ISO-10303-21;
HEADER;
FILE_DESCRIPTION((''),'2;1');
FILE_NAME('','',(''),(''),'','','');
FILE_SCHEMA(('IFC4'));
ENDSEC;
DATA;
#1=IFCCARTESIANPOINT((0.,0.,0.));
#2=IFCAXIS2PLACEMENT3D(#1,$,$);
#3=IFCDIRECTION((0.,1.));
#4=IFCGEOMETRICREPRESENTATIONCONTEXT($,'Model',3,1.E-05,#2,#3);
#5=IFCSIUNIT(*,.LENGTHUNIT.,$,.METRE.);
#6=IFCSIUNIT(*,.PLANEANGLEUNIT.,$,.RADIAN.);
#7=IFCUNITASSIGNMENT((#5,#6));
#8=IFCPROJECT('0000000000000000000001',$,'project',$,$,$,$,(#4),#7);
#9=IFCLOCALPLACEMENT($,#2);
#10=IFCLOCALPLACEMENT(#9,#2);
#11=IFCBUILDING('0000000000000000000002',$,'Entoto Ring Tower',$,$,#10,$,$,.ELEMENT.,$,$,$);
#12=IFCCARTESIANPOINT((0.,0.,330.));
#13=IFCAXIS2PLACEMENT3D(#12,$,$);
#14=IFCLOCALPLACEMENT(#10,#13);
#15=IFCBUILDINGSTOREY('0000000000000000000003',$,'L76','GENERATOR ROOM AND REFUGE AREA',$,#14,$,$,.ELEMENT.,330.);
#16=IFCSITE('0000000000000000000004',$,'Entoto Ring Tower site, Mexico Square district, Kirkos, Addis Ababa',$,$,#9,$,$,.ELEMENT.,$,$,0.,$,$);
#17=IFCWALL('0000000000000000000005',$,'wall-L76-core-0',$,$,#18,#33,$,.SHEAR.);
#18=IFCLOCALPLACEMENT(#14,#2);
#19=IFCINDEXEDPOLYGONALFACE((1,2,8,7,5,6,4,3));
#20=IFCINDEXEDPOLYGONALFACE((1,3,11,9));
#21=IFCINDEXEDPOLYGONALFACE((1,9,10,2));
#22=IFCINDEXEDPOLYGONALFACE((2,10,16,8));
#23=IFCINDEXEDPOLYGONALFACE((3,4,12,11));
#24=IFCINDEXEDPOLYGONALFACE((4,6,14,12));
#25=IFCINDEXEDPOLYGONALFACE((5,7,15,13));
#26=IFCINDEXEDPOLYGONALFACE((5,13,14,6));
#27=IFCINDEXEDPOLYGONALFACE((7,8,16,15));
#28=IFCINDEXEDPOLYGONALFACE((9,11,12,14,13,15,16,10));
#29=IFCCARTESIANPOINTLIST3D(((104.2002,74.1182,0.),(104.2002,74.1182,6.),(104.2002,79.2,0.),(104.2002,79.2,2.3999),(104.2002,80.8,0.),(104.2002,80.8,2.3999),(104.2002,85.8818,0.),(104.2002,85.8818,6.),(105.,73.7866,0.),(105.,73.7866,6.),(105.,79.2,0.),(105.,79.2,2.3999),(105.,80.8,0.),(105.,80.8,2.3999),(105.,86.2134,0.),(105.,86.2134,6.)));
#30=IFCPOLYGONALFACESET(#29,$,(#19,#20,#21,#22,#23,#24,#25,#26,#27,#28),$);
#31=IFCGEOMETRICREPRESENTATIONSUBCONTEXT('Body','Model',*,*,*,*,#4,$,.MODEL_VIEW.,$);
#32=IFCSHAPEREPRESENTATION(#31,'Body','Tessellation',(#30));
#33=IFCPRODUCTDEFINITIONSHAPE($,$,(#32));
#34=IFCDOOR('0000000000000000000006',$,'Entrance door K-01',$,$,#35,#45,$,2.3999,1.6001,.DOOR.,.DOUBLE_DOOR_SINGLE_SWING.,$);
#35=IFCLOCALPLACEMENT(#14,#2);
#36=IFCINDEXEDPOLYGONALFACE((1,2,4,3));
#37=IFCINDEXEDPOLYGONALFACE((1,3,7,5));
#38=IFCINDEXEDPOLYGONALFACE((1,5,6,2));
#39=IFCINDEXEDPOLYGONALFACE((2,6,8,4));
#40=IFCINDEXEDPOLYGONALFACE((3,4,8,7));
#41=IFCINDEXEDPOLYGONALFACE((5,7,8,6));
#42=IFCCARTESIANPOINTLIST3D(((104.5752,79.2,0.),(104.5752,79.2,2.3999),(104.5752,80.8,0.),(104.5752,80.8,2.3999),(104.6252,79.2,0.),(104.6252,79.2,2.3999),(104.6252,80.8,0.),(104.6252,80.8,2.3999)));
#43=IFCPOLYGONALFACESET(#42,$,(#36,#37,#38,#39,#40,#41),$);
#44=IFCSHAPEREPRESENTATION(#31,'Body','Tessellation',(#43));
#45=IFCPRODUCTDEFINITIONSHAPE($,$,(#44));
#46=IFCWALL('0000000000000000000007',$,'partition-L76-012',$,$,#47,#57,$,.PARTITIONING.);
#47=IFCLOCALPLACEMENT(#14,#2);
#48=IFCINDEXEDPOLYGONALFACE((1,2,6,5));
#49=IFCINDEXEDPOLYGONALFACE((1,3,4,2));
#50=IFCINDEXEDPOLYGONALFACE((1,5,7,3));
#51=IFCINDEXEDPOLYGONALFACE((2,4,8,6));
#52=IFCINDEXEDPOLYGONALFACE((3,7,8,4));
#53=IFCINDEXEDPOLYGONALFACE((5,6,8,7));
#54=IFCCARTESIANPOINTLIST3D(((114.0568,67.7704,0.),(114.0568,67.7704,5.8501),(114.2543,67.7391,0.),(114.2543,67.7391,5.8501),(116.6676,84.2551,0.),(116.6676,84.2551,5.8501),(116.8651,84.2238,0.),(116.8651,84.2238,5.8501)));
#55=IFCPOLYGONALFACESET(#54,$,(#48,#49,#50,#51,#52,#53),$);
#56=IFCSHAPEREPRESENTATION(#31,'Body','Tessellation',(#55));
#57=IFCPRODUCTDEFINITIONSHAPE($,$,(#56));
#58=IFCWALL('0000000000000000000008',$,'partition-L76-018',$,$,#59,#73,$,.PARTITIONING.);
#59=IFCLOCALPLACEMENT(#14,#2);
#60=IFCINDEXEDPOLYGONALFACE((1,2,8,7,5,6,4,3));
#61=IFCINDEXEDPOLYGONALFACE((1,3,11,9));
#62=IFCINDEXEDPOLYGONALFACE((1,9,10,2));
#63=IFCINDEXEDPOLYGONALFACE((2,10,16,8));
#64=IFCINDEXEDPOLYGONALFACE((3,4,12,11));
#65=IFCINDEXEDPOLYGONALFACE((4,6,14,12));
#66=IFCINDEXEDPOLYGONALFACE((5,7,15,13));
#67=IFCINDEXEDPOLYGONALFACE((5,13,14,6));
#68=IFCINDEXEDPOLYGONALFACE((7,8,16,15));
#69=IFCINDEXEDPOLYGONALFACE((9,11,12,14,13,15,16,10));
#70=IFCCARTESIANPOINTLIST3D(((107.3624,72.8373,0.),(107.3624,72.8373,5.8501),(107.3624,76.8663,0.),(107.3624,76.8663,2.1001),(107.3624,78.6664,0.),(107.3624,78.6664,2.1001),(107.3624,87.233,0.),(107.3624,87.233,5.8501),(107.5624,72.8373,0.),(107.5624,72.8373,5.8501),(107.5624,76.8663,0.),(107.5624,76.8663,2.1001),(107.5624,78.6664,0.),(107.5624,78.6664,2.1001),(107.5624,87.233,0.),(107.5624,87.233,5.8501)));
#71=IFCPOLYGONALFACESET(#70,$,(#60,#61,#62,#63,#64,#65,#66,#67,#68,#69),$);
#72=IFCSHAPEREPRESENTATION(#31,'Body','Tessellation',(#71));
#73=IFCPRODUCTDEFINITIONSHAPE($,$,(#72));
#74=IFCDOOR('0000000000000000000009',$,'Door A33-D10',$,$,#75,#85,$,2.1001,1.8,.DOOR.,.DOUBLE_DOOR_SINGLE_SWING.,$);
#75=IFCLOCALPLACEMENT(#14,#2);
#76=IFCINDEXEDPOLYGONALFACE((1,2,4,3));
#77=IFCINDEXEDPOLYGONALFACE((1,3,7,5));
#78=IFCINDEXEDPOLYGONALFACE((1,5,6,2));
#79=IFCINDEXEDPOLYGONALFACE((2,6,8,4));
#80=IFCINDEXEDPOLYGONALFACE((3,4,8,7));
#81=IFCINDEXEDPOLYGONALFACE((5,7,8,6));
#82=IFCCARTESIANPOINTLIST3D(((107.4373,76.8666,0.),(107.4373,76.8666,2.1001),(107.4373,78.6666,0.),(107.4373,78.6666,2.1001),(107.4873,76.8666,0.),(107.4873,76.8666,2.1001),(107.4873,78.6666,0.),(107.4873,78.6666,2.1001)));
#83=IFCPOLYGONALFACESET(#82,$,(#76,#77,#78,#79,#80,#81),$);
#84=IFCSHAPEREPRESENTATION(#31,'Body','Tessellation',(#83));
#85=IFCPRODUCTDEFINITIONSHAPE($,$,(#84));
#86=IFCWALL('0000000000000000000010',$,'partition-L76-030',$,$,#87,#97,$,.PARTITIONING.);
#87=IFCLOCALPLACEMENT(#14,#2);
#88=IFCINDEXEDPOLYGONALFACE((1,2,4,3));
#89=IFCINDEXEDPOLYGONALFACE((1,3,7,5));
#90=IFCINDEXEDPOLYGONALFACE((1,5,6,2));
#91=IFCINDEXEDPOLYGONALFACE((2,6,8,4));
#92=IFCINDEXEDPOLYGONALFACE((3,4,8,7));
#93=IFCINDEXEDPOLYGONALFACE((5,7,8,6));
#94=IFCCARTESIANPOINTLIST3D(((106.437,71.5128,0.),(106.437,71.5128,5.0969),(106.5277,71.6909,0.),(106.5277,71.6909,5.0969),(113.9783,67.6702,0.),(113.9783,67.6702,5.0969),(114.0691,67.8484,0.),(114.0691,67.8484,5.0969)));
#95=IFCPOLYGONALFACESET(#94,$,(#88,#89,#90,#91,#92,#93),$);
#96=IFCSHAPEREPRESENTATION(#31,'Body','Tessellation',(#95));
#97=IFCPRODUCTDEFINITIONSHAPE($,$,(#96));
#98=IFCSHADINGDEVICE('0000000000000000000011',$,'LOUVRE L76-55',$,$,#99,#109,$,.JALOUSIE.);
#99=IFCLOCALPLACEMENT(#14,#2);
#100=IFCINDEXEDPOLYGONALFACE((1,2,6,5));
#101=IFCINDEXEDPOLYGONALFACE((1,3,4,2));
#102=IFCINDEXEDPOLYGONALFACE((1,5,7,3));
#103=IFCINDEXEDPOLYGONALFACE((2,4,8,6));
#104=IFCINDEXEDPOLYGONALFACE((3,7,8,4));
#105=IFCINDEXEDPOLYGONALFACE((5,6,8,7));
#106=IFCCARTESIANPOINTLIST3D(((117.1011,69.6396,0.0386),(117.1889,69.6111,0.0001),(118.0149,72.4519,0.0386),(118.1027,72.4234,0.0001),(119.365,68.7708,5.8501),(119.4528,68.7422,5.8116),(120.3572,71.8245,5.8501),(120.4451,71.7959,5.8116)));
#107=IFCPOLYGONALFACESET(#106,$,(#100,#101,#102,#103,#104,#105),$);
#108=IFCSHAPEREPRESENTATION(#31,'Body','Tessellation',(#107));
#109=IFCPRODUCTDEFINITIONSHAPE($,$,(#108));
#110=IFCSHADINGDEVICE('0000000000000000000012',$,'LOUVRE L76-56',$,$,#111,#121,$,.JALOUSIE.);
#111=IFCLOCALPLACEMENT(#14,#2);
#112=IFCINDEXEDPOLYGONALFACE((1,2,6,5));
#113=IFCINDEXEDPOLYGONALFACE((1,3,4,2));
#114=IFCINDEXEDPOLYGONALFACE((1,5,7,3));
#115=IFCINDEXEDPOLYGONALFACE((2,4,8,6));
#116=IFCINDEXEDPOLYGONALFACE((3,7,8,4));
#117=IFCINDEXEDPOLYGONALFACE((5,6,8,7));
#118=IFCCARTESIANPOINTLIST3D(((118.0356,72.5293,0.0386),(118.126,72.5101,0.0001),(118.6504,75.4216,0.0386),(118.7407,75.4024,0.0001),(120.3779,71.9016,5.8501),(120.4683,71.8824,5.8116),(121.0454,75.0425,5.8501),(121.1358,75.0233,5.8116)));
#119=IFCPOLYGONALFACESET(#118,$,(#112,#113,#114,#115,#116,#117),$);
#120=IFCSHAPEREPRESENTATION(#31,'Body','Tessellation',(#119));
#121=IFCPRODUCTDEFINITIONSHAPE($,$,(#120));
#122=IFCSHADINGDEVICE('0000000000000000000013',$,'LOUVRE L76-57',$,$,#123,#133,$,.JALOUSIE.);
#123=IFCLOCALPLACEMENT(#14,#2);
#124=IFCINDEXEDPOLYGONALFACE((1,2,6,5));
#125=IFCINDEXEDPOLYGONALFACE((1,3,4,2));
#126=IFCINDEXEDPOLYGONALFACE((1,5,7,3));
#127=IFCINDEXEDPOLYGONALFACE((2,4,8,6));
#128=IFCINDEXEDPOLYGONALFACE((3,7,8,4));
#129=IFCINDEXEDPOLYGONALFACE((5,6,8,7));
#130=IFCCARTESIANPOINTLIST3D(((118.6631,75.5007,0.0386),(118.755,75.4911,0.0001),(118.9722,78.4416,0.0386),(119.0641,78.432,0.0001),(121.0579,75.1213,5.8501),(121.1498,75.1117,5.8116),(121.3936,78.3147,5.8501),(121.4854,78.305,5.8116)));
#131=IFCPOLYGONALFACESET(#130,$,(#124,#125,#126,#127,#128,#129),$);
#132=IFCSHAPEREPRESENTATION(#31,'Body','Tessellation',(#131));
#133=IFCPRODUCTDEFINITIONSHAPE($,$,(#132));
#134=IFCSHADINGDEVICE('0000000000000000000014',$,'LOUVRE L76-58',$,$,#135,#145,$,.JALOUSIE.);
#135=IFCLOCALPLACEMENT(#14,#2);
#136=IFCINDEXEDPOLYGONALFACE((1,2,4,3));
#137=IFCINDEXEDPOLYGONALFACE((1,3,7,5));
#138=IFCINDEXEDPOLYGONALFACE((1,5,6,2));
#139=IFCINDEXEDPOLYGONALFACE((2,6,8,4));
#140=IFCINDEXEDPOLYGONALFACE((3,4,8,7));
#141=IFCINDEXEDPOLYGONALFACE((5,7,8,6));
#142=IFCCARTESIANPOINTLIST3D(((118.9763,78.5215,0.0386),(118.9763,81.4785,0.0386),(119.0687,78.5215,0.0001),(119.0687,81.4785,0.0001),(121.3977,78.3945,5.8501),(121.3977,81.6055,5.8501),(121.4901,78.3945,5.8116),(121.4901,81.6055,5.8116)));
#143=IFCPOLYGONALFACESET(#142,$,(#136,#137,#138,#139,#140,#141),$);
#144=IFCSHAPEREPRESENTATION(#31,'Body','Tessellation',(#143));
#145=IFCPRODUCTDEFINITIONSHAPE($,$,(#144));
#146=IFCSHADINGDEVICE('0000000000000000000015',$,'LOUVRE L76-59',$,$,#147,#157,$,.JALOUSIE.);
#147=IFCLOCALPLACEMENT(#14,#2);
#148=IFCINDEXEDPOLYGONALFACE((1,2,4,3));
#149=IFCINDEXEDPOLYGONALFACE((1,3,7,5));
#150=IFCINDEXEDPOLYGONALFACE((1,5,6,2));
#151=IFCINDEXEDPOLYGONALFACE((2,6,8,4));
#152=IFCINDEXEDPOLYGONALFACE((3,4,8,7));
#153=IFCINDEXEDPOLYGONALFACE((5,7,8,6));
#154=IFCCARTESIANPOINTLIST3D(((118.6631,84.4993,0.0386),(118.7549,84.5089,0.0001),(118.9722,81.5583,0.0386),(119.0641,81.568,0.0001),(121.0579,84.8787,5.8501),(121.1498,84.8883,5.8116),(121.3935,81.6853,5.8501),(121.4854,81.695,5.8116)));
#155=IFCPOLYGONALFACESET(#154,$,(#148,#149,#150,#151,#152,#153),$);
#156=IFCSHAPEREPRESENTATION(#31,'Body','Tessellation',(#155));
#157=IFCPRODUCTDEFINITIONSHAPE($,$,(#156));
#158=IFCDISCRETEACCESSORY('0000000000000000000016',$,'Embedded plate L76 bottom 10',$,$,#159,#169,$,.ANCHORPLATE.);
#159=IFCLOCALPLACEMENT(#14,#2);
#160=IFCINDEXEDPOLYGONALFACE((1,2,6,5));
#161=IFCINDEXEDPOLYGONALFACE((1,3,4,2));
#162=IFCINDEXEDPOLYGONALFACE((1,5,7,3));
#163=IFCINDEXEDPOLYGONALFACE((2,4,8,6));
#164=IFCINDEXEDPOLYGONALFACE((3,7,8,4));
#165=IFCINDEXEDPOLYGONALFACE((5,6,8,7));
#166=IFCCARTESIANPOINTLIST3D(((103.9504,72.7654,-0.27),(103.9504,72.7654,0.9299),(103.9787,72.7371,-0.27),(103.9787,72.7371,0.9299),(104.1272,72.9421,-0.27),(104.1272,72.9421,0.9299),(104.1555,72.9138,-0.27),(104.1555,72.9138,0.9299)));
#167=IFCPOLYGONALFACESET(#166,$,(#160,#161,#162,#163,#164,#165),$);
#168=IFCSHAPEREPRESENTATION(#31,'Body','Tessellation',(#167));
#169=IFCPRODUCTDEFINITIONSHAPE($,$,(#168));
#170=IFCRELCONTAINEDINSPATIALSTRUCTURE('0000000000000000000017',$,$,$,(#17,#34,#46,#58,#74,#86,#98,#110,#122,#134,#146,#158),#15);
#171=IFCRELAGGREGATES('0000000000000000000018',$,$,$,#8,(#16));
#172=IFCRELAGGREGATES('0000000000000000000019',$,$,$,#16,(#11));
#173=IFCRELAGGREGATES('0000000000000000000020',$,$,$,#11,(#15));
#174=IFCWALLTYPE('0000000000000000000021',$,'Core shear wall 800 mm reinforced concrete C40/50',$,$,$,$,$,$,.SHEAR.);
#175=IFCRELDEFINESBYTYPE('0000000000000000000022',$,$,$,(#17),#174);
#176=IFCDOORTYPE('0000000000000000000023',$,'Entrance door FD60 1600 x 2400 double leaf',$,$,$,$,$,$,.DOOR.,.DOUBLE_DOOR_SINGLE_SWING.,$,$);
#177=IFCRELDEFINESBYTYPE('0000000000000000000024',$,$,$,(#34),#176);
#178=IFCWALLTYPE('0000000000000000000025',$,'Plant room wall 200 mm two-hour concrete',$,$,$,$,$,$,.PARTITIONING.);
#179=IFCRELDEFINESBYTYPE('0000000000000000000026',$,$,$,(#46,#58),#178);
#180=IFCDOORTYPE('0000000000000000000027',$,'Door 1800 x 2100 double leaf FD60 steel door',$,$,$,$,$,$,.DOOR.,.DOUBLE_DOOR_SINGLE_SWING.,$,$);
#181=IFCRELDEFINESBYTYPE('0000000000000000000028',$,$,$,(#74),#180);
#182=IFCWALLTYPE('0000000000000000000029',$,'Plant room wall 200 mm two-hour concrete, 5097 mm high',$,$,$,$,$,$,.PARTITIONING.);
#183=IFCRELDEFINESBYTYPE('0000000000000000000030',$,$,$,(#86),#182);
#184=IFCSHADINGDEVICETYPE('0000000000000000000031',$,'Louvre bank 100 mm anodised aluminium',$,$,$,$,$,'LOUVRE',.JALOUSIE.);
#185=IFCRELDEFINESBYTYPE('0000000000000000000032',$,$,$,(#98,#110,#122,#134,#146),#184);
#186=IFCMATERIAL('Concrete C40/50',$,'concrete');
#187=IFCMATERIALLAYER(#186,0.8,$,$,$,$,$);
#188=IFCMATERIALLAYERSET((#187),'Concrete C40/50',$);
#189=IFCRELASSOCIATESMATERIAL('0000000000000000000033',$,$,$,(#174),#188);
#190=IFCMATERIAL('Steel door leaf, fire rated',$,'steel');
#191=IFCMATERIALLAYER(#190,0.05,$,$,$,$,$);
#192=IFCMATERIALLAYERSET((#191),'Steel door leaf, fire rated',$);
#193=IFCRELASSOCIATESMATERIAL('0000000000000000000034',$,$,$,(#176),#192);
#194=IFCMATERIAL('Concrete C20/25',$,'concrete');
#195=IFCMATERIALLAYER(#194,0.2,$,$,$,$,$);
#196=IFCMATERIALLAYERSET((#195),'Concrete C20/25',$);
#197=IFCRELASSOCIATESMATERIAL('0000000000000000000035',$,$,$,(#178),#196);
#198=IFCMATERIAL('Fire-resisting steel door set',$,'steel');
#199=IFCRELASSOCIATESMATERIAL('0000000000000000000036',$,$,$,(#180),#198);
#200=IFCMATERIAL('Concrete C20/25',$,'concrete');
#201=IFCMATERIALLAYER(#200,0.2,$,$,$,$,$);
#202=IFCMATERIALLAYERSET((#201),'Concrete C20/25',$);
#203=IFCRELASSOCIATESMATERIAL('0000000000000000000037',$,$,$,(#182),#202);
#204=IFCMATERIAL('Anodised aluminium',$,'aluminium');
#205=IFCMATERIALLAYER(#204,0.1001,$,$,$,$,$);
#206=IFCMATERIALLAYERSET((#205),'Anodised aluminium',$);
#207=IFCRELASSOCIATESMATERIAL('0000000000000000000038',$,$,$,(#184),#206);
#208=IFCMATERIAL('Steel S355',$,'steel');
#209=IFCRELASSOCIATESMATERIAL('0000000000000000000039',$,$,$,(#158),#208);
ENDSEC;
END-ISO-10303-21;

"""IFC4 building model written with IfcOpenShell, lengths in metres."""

from ifc_helpers import new_model, si_unit, direction, frame, frame_2d, origin, origin_2d, place, context, subcontext, project, spatial, polyline, rectangle, outline, extrude, material, layer, layer_set, type_object, element, fill, save


model = new_model("IFC4")

# Units and contexts
model_context = context("Model", 3, precision=1e-05, world=origin(), true_north=direction((0.0, 1.0)))
body_context = subcontext(model_context, "Body", "Model", "MODEL_VIEW")
ifc_project = project(units=[si_unit("LENGTHUNIT", "METRE"), si_unit("PLANEANGLEUNIT", "RADIAN")], contexts=[model_context])

# Site, building, storey
site_placement = place(None, origin())
site = spatial("IfcSite", under=ifc_project, at=site_placement, Name="Entoto Ring Tower site, Mexico Square district, Kirkos, Addis Ababa", CompositionType="ELEMENT", RefElevation=0.0)
building_placement = place(site_placement, origin())
building = spatial("IfcBuilding", under=site, at=building_placement, Name="Entoto Ring Tower", CompositionType="ELEMENT")
storey_placement = place(building_placement, frame((0.0, 0.0, 330.0)))
storey = spatial("IfcBuildingStorey", under=building, at=storey_placement, Name="L76", Description="GENERATOR ROOM AND REFUGE AREA", CompositionType="ELEMENT", Elevation=330.0)

# Wall, opening, door
ifc_material_1 = material(Name="Concrete C40/50", Category="concrete")
ifc_layer_1 = layer(ifc_material_1, 0.8)
ifc_layer_set_1 = layer_set([ifc_layer_1], Name="Concrete C40/50")
wall_type_1 = type_object("IfcWallType", Name="Core shear wall 800 mm reinforced concrete C40/50", PredefinedType="SHEAR", material=ifc_layer_set_1)
wall_1_placement = place(storey_placement, frame((104.6001, 73.9524, 0.0), z_axis=(0.0, 0.0, 1.0), x_axis=(0.0, 1.0, 0.0)))
wall_1 = element("IfcWall", 1, at=wall_1_placement, inside=storey, type_object=wall_type_1, Name="wall-L76-core-0", PredefinedType="SHEAR", context=body_context, shape_type="SweptSolid", body=[
    extrude(outline(polyline([(-0.1658, -0.3999), (12.261, -0.3999), (11.9294, 0.3999), (0.1658, 0.3999), (-0.1658, -0.3999)])), origin(), (0.0, 0.0, 1.0), 6.0),
])
opening_1_placement = place(wall_1_placement, frame((5.2476, 0.0, 0.0)))
opening_1 = element("IfcOpeningElement", 2, at=opening_1_placement, cuts=wall_1, PredefinedType="OPENING", context=body_context, shape_type="SweptSolid", body=[
    extrude(rectangle(XDim=1.6001, YDim=2.3999, at=frame_2d((0.8, 1.2))), frame((0.0, 0.4102, 0.0), z_axis=(0.0, -1.0, 0.0), x_axis=(1.0, 0.0, 0.0)), (0.0, 0.0, 1.0), 0.8201),
])
ifc_material_2 = material(Name="Steel door leaf, fire rated", Category="steel")
ifc_layer_2 = layer(ifc_material_2, 0.05)
ifc_layer_set_2 = layer_set([ifc_layer_2], Name="Steel door leaf, fire rated")
door_type_1 = type_object("IfcDoorType", Name="Entrance door FD60 1600 x 2400 double leaf", OperationType="DOUBLE_DOOR_SINGLE_SWING", PredefinedType="DOOR", material=ifc_layer_set_2)
door_1_placement = place(opening_1_placement, origin())
door_1 = element("IfcDoor", 3, at=door_1_placement, inside=storey, type_object=door_type_1, Name="Entrance door K-01", OperationType="DOUBLE_DOOR_SINGLE_SWING", OverallHeight=2.3999, OverallWidth=1.6001, PredefinedType="DOOR", context=body_context, shape_type="SweptSolid", body=[
    extrude(rectangle(XDim=1.6001, YDim=2.3999, at=frame_2d((0.8, 1.2))), frame((0.0, 0.0249, 0.0), z_axis=(0.0, -1.0, 0.0), x_axis=(1.0, 0.0, 0.0)), (0.0, 0.0, 1.0), 0.05),
])
fill(opening_1, door_1)

# Wall
ifc_material_3 = material(Name="Concrete C20/25", Category="concrete")
ifc_layer_3 = layer(ifc_material_3, 0.2)
ifc_layer_set_3 = layer_set([ifc_layer_3], Name="Concrete C20/25")
wall_type_2 = type_object("IfcWallType", Name="Plant room wall 200 mm two-hour concrete", PredefinedType="PARTITIONING", material=ifc_layer_set_3)
wall_2_placement = place(storey_placement, frame((114.1555, 67.7546, 0.0), z_axis=(0.0, 0.0, 1.0), x_axis=(0.156431, 0.987689, 0.0)))
element("IfcWall", 4, at=wall_2_placement, inside=storey, type_object=wall_type_2, Name="partition-L76-012", PredefinedType="PARTITIONING", context=body_context, shape_type="SweptSolid", body=[
    extrude(rectangle(XDim=16.6902, YDim=0.2, at=frame_2d((8.3452, 0.0))), origin(), (0.0, 0.0, 1.0), 5.8501),
])

# Wall, opening, door
wall_3_placement = place(storey_placement, frame((107.4624, 72.8374, 0.0), z_axis=(0.0, 0.0, 1.0), x_axis=(0.0, 1.0, 0.0)))
wall_3 = element("IfcWall", 5, at=wall_3_placement, inside=storey, type_object=wall_type_2, Name="partition-L76-018", PredefinedType="PARTITIONING", context=body_context, shape_type="SweptSolid", body=[
    extrude(rectangle(XDim=14.3958, YDim=0.2, at=frame_2d((7.1978, 0.0))), origin(), (0.0, 0.0, 1.0), 5.8501),
])
opening_2_placement = place(wall_3_placement, frame((4.0291, 0.0, 0.0)))
opening_2 = element("IfcOpeningElement", 6, at=opening_2_placement, cuts=wall_3, PredefinedType="OPENING", context=body_context, shape_type="SweptSolid", body=[
    extrude(rectangle(XDim=1.8, YDim=2.1001, at=frame_2d((0.8999, 1.05))), frame((0.0, 0.1099, 0.0), z_axis=(0.0, -1.0, 0.0), x_axis=(1.0, 0.0, 0.0)), (0.0, 0.0, 1.0), 0.22),
])
ifc_material_4 = material(Name="Fire-resisting steel door set", Category="steel")
door_type_2 = type_object("IfcDoorType", Name="Door 1800 x 2100 double leaf FD60 steel door", OperationType="DOUBLE_DOOR_SINGLE_SWING", PredefinedType="DOOR", material=ifc_material_4)
door_2_placement = place(opening_2_placement, frame((1.8, 0.0, 0.0), z_axis=(0.0, 0.0, 1.0), x_axis=(-1.0, 0.0, 0.0)))
door_2 = element("IfcDoor", 7, at=door_2_placement, inside=storey, type_object=door_type_2, Name="Door A33-D10", OperationType="DOUBLE_DOOR_SINGLE_SWING", OverallHeight=2.1001, OverallWidth=1.8, PredefinedType="DOOR", context=body_context, shape_type="SweptSolid", body=[
    extrude(rectangle(XDim=1.8, YDim=2.1001, at=frame_2d((0.8999, 1.05))), frame((0.0, 0.0249, 0.0), z_axis=(0.0, -1.0, 0.0), x_axis=(1.0, 0.0, 0.0)), (0.0, 0.0, 1.0), 0.05),
])
fill(opening_2, door_2)

# Wall
ifc_material_5 = material(Name="Concrete C20/25", Category="concrete")
ifc_layer_4 = layer(ifc_material_5, 0.2)
ifc_layer_set_4 = layer_set([ifc_layer_4], Name="Concrete C20/25")
wall_type_3 = type_object("IfcWallType", Name="Plant room wall 200 mm two-hour concrete, 5097 mm high", PredefinedType="PARTITIONING", material=ifc_layer_set_4)
wall_4_placement = place(storey_placement, frame((114.0237, 67.7593, 0.0), z_axis=(0.0, 0.0, 1.0), x_axis=(-0.891003, 0.453997, 0.0)))
element("IfcWall", 8, at=wall_4_placement, inside=storey, type_object=wall_type_3, Name="partition-L76-030", PredefinedType="PARTITIONING", context=body_context, shape_type="SweptSolid", body=[
    extrude(rectangle(XDim=8.4639, YDim=0.2, at=frame_2d((4.2319, 0.0))), origin(), (0.0, 0.0, 1.0), 5.0969),
])

# Shading devices
ifc_material_6 = material(Name="Anodised aluminium", Category="aluminium")
ifc_layer_5 = layer(ifc_material_6, 0.1001)
ifc_layer_set_5 = layer_set([ifc_layer_5], Name="Anodised aluminium")
shading_device_type = type_object("IfcShadingDeviceType", Name="Louvre bank 100 mm anodised aluminium", ElementType="LOUVRE", PredefinedType="JALOUSIE", material=ifc_layer_set_5)
shading_device_1_placement = place(storey_placement, frame((117.1011, 69.6396, 0.0386), z_axis=(-0.877891, 0.28525, 0.38463), x_axis=(0.309024, 0.951054, 0.000005)))
element("IfcShadingDevice", 9, at=shading_device_1_placement, inside=storey, type_object=shading_device_type, Name="LOUVRE L76-55", PredefinedType="JALOUSIE", context=body_context, shape_type="SweptSolid", body=[
    extrude(outline(polyline([(0.0, 0.0), (2.957, 0.0), (3.0841, -6.2958), (-0.1267, -6.2959), (0.0, 0.0)])), origin(), (0.0, 0.0, -1.0), 0.1001),
])
shading_device_2_placement = place(storey_placement, frame((118.0356, 72.5293, 0.0386), z_axis=(-0.902906, 0.191893, 0.384628), x_axis=(0.207887, 0.978153, 0.000005)))
element("IfcShadingDevice", 10, at=shading_device_2_placement, inside=storey, type_object=shading_device_type, Name="LOUVRE L76-56", PredefinedType="JALOUSIE", context=body_context, shape_type="SweptSolid", body=[
    extrude(outline(polyline([(0.0, 0.0), (2.9569, 0.0), (3.084, -6.2958), (-0.127, -6.2959), (0.0, 0.0)])), origin(), (0.0, 0.0, -1.0), 0.1001),
])
shading_device_3_placement = place(storey_placement, frame((118.6631, 75.5007, 0.0386), z_axis=(-0.918026, 0.096494, 0.3846), x_axis=(0.104532, 0.994521, -0.000005)))
element("IfcShadingDevice", 11, at=shading_device_3_placement, inside=storey, type_object=shading_device_type, Name="LOUVRE L76-57", PredefinedType="JALOUSIE", context=body_context, shape_type="SweptSolid", body=[
    extrude(outline(polyline([(0.0, 0.0), (2.9571, 0.0), (3.0839, -6.2958), (-0.127, -6.2958), (0.0, 0.0)])), origin(), (0.0, 0.0, -1.0), 0.1001),
])
shading_device_4_placement = place(storey_placement, frame((118.9763, 78.5215, 0.0386), z_axis=(-0.923082, 0.0, 0.384604), x_axis=(0.0, 1.0, 0.0)))
element("IfcShadingDevice", 12, at=shading_device_4_placement, inside=storey, type_object=shading_device_type, Name="LOUVRE L76-58", PredefinedType="JALOUSIE", context=body_context, shape_type="SweptSolid", body=[
    extrude(outline(polyline([(0.0, 0.0), (2.957, 0.0), (3.084, -6.2958), (-0.127, -6.2958), (0.0, 0.0)])), origin(), (0.0, 0.0, -1.0), 0.1001),
])
shading_device_5_placement = place(storey_placement, frame((118.9722, 81.5583, 0.0386), z_axis=(-0.918026, -0.096494, 0.3846), x_axis=(-0.104532, 0.994521, 0.000005)))
element("IfcShadingDevice", 13, at=shading_device_5_placement, inside=storey, type_object=shading_device_type, Name="LOUVRE L76-59", PredefinedType="JALOUSIE", context=body_context, shape_type="SweptSolid", body=[
    extrude(outline(polyline([(0.0, 0.0), (2.9571, 0.0), (3.0841, -6.2958), (-0.1268, -6.2958), (0.0, 0.0)])), origin(), (0.0, 0.0, -1.0), 0.1001),
])

# Discrete accessory
ifc_material_7 = material(Name="Steel S355", Category="steel")
for number, where, z_axis, x_axis, name in (
    (14, (104.053, 72.8396, -0.27), (0.0, 0.0, 1.0), (0.707107, -0.707107, 0.0), "Embedded plate L76 bottom 10"),
):
    element("IfcDiscreteAccessory", number, at=place(storey_placement, frame(where, z_axis=z_axis, x_axis=x_axis)), inside=storey, material=ifc_material_7, Name=name, PredefinedType="ANCHORPLATE", context=body_context, shape_type="SweptSolid", body=[
        extrude(rectangle(XDim=0.04, YDim=0.25, at=origin_2d()), origin(), (0.0, 0.0, 1.0), 1.2),
    ])

save(model, "model.ifc")
